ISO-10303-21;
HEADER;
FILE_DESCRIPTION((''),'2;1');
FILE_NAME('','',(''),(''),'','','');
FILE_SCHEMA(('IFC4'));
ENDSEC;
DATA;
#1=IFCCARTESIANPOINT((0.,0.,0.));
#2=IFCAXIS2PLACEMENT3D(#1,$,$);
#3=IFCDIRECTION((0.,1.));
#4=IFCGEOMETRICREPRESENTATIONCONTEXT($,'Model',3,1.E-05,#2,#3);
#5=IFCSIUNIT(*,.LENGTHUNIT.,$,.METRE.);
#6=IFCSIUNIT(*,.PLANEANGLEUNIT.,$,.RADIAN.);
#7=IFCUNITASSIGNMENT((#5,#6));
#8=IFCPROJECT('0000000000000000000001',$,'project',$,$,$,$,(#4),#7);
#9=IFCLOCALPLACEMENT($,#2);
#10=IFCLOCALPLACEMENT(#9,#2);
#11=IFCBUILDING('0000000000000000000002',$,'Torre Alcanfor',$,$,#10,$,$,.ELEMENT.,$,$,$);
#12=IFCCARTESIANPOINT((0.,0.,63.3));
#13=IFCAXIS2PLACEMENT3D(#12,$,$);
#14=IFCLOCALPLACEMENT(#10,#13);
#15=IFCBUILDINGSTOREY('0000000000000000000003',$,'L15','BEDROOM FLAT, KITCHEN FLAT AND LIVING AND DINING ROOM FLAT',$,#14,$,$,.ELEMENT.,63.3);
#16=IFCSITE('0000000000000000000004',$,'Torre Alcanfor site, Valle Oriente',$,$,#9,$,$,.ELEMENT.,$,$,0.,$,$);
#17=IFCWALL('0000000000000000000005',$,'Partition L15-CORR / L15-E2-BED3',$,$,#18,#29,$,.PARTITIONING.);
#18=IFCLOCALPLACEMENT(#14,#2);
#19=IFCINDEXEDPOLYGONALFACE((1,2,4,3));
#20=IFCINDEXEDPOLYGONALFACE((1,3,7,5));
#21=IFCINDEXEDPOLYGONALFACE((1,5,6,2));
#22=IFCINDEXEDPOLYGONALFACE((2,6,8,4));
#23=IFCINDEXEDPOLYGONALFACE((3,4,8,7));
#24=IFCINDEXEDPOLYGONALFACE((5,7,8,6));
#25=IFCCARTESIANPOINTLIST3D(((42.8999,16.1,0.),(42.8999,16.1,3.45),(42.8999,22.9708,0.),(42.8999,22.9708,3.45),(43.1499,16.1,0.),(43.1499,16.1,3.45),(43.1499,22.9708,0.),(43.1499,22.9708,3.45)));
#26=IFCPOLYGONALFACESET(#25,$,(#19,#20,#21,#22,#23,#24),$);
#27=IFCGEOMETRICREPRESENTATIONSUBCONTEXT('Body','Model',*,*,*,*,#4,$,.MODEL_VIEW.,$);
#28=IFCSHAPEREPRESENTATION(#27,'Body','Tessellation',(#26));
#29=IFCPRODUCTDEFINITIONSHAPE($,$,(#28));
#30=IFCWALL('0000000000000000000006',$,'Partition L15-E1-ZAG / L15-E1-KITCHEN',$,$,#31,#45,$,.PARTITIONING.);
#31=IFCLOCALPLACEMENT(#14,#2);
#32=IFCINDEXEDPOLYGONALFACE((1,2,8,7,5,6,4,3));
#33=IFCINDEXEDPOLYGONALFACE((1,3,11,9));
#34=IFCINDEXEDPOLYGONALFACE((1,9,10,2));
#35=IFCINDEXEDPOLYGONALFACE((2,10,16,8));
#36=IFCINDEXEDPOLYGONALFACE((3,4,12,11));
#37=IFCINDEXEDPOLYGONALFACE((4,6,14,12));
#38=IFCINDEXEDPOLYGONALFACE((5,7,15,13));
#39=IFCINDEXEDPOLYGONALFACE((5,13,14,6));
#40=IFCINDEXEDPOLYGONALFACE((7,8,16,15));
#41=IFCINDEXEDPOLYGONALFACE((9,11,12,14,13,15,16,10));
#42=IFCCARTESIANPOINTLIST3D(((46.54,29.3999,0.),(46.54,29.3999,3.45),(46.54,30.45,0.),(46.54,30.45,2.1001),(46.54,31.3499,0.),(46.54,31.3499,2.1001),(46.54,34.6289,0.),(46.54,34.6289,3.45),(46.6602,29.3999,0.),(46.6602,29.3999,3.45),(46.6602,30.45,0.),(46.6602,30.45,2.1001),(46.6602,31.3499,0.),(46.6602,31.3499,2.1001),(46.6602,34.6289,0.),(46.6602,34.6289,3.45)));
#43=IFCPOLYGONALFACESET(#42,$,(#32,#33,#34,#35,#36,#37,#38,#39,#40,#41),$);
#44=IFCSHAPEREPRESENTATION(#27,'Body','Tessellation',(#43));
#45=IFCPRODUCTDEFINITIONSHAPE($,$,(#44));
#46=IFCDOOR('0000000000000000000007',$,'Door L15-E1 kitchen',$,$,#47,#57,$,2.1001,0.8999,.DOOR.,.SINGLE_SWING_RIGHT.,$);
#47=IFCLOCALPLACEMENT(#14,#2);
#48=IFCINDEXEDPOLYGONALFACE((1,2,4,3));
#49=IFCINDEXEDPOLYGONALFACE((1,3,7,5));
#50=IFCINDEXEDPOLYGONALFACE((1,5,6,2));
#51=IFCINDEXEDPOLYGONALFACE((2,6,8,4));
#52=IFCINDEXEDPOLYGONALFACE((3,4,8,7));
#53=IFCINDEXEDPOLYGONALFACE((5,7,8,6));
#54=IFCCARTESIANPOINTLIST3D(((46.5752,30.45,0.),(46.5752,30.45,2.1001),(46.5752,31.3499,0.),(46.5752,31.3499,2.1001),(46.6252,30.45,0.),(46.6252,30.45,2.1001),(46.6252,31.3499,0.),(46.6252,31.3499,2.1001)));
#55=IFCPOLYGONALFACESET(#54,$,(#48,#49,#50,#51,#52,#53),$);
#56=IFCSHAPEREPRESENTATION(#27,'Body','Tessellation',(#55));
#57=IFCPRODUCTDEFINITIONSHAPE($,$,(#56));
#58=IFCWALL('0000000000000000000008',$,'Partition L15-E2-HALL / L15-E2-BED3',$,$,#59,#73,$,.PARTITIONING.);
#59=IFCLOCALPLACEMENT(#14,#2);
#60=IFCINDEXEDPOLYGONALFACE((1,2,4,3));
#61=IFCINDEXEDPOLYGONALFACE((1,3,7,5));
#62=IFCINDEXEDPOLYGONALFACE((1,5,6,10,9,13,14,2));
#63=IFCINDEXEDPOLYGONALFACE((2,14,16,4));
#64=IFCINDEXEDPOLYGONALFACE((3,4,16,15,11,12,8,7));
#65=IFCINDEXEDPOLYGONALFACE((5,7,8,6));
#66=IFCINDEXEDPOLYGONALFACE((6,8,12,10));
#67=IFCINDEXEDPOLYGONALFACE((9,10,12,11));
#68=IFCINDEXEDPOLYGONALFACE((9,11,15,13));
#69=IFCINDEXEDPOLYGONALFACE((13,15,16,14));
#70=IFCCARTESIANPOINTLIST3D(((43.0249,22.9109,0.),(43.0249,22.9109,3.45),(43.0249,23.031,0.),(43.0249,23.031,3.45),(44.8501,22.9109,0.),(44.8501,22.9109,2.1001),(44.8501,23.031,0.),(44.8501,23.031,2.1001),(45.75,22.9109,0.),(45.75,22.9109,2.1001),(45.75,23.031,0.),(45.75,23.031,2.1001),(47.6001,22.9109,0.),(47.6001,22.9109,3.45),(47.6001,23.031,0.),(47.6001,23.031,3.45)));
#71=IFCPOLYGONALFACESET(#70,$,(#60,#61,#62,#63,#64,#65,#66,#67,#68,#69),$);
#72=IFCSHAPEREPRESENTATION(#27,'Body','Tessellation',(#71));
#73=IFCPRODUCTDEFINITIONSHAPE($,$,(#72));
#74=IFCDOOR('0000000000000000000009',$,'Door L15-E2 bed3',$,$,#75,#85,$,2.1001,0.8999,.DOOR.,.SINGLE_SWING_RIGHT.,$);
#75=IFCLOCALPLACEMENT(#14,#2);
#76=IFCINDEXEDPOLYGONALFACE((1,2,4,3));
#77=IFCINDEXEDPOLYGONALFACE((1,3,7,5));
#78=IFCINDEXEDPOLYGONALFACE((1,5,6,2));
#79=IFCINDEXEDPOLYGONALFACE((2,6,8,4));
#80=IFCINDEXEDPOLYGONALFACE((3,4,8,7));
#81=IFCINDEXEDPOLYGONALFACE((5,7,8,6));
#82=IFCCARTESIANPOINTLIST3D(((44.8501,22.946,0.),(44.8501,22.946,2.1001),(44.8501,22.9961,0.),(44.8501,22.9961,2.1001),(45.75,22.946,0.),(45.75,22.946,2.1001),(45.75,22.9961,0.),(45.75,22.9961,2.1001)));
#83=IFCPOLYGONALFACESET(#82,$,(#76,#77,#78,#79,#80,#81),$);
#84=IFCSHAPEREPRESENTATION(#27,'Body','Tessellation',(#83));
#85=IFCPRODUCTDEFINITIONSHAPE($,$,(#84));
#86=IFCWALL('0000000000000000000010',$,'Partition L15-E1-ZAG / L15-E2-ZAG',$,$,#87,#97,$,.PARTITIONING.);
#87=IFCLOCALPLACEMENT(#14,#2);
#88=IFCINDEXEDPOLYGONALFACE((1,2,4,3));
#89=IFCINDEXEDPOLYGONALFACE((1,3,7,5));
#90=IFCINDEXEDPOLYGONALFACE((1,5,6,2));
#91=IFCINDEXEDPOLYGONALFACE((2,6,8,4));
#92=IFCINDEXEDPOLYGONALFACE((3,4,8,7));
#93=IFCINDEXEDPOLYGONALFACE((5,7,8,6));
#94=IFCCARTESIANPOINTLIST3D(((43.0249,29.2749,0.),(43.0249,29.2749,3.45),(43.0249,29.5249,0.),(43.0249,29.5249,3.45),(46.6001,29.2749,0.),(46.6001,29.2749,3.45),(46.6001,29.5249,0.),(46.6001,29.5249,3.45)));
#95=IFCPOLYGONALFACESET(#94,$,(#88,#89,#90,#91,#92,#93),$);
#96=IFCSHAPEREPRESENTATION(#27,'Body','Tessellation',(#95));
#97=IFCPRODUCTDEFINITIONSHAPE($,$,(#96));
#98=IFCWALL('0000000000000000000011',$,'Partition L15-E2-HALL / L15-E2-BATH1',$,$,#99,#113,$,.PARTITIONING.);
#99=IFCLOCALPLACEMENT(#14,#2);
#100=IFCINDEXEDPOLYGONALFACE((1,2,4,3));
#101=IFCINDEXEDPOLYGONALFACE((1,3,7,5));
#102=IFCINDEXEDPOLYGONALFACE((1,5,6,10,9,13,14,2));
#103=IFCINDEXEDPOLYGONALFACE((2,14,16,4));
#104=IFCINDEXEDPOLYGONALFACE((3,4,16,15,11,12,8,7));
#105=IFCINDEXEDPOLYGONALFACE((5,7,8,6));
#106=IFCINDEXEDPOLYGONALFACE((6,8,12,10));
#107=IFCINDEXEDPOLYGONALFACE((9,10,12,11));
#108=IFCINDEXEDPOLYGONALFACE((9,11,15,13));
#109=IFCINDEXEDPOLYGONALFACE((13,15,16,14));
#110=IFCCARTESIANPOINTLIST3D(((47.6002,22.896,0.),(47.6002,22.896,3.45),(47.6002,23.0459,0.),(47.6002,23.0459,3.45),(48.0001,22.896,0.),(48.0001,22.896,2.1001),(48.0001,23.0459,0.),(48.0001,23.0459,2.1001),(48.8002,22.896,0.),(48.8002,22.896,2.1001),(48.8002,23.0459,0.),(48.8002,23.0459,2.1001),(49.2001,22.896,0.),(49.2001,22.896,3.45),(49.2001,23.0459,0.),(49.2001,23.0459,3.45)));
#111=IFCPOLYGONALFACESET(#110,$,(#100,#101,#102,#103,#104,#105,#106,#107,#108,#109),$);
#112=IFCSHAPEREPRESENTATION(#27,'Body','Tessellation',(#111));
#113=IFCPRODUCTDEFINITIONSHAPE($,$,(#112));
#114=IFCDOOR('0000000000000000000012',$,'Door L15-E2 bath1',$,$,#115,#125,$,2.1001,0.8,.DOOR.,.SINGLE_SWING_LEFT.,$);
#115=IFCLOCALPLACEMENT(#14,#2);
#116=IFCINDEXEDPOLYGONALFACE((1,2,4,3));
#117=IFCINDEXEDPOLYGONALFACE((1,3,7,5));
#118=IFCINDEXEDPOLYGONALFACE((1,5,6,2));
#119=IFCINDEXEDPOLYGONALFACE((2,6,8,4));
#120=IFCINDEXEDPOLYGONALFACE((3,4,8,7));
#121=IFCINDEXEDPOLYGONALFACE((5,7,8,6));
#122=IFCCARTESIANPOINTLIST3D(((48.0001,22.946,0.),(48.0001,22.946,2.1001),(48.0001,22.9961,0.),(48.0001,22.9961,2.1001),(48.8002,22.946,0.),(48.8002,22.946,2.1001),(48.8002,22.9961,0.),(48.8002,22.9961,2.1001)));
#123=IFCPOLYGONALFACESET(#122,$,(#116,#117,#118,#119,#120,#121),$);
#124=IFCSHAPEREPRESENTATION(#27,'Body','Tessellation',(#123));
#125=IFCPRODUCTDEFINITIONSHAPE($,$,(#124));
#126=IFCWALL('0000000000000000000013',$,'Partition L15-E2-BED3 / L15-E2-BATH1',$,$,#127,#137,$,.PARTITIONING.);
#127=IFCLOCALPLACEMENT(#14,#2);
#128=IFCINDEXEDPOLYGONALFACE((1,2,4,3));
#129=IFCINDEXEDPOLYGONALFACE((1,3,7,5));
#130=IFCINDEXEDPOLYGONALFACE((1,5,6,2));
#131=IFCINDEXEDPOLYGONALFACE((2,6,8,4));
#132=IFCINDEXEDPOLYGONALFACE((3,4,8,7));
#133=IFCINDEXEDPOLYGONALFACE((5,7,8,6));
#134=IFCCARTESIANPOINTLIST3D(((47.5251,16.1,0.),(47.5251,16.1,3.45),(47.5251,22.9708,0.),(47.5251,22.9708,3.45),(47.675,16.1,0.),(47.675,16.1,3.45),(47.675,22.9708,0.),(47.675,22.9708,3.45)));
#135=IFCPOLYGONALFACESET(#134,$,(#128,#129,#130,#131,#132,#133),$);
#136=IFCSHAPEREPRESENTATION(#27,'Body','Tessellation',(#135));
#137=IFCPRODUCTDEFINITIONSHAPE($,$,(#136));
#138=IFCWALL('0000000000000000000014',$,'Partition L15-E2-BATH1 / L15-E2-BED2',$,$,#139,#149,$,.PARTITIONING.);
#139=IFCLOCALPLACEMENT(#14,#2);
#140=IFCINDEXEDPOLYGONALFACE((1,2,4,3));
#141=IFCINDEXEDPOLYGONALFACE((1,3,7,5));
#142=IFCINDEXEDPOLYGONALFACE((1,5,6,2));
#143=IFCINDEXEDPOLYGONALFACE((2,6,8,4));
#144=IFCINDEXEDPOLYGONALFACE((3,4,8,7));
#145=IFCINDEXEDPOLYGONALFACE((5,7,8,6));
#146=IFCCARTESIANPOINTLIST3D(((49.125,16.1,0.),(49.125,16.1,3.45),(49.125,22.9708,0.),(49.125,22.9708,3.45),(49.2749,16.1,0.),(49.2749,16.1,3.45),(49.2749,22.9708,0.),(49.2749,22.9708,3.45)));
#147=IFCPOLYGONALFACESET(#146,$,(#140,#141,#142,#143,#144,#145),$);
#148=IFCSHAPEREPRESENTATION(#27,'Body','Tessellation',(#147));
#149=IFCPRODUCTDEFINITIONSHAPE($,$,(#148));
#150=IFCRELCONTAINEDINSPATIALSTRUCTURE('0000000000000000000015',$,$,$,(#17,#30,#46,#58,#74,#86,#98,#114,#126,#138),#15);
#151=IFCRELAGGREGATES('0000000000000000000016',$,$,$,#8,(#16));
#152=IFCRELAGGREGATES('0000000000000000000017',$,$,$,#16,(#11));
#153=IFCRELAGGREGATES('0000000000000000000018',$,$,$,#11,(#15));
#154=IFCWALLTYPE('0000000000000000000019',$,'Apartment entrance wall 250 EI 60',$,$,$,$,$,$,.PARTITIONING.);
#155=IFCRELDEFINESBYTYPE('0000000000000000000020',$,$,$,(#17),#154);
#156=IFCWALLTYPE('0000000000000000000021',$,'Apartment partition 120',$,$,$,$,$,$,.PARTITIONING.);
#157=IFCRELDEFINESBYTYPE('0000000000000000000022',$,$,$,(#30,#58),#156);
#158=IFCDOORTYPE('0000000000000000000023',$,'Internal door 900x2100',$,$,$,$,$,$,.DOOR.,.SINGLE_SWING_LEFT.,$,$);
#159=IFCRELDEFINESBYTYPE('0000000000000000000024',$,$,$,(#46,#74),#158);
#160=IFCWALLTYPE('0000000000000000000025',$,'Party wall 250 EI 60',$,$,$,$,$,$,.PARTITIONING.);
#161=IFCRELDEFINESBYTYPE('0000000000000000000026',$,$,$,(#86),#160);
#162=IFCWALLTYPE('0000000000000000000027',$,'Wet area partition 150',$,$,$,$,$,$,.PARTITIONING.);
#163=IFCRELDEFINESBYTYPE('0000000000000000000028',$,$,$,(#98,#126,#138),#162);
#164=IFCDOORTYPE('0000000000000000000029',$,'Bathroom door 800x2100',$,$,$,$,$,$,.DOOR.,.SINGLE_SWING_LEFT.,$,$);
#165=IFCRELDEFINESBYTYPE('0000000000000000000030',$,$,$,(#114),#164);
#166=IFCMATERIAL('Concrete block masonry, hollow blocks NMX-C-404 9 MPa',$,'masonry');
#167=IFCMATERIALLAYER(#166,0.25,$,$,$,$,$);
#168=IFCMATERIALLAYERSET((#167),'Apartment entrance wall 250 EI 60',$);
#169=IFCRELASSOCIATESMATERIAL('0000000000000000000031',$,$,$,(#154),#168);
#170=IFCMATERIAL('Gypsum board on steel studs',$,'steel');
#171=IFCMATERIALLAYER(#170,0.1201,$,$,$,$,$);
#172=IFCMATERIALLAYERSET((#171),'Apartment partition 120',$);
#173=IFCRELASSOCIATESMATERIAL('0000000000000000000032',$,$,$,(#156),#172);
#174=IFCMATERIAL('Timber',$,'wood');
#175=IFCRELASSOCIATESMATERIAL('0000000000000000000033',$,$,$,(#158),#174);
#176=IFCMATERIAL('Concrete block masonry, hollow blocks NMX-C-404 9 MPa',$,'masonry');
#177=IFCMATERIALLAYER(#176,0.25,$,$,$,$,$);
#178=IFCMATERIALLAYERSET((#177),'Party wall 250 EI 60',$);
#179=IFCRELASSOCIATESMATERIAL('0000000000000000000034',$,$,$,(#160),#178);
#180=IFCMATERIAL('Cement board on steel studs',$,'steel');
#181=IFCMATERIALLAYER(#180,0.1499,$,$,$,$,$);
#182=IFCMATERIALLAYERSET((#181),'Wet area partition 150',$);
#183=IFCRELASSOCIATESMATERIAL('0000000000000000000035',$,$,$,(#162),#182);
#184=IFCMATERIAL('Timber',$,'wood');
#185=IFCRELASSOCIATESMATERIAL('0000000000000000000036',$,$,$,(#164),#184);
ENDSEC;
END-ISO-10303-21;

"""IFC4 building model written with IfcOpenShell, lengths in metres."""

from ifc_helpers import new_model, si_unit, direction, frame, frame_2d, origin, place, context, subcontext, project, spatial, rectangle, extrude, material, layer, layer_set, type_object, element, fill, save


model = new_model("IFC4")

# Units and contexts
model_context = context("Model", 3, precision=1e-05, world=origin(), true_north=direction((0.0, 1.0)))
body_context = subcontext(model_context, "Body", "Model", "MODEL_VIEW")
ifc_project = project(units=[si_unit("LENGTHUNIT", "METRE"), si_unit("PLANEANGLEUNIT", "RADIAN")], contexts=[model_context])

# Site, building, storey
site_placement = place(None, origin())
site = spatial("IfcSite", under=ifc_project, at=site_placement, Name="Torre Alcanfor site, Valle Oriente", CompositionType="ELEMENT", RefElevation=0.0)
building_placement = place(site_placement, origin())
building = spatial("IfcBuilding", under=site, at=building_placement, Name="Torre Alcanfor", CompositionType="ELEMENT")
storey_placement = place(building_placement, frame((0.0, 0.0, 63.3)))
storey = spatial("IfcBuildingStorey", under=building, at=storey_placement, Name="L15", Description="BEDROOM FLAT, KITCHEN FLAT AND LIVING AND DINING ROOM FLAT", CompositionType="ELEMENT", Elevation=63.3)

# Shared definitions
ifc_material_1 = material(Name="Concrete block masonry, hollow blocks NMX-C-404 9 MPa", Category="masonry")
ifc_layer_1 = layer(ifc_material_1, 0.25)
ifc_layer_set_1 = layer_set([ifc_layer_1], Name="Apartment entrance wall 250 EI 60")
wall_type_1 = type_object("IfcWallType", Name="Apartment entrance wall 250 EI 60", PredefinedType="PARTITIONING", material=ifc_layer_set_1)

# Wall
wall_1_placement = place(storey_placement, frame((43.0249, 22.9709, 0.0), z_axis=(0.0, 0.0, 1.0), x_axis=(0.0, -1.0, 0.0)))
element("IfcWall", 1, at=wall_1_placement, inside=storey, type_object=wall_type_1, Name="Partition L15-CORR / L15-E2-BED3", PredefinedType="PARTITIONING", context=body_context, shape_type="SweptSolid", body=[
    extrude(rectangle(XDim=6.8708, YDim=0.25, at=frame_2d((3.4355, 0.0))), origin(), (0.0, 0.0, 1.0), 3.45),
])

# Walls, openings, doors
ifc_material_2 = material(Name="Gypsum board on steel studs", Category="steel")
ifc_layer_2 = layer(ifc_material_2, 0.1201)
ifc_layer_set_2 = layer_set([ifc_layer_2], Name="Apartment partition 120")
wall_type_2 = type_object("IfcWallType", Name="Apartment partition 120", PredefinedType="PARTITIONING", material=ifc_layer_set_2)
wall_2_placement = place(storey_placement, frame((46.6001, 29.3999, 0.0), z_axis=(0.0, 0.0, 1.0), x_axis=(0.0, 1.0, 0.0)))
wall_2 = element("IfcWall", 2, at=wall_2_placement, inside=storey, type_object=wall_type_2, Name="Partition L15-E1-ZAG / L15-E1-KITCHEN", PredefinedType="PARTITIONING", context=body_context, shape_type="SweptSolid", body=[
    extrude(rectangle(XDim=5.229, YDim=0.1201, at=frame_2d((2.6145, 0.0))), origin(), (0.0, 0.0, 1.0), 3.45),
])
opening_1_placement = place(wall_2_placement, frame((1.05, 0.0, 0.0)))
opening_1 = element("IfcOpeningElement", 3, at=opening_1_placement, cuts=wall_2, PredefinedType="OPENING", context=body_context, shape_type="SweptSolid", body=[
    extrude(rectangle(XDim=0.8999, YDim=2.1001, at=frame_2d((0.45, 1.05))), frame((0.0, 0.0701, 0.0), z_axis=(0.0, -1.0, 0.0), x_axis=(1.0, 0.0, 0.0)), (0.0, 0.0, 1.0), 0.1401),
])
ifc_material_3 = material(Name="Timber", Category="wood")
door_type_1 = type_object("IfcDoorType", Name="Internal door 900x2100", OperationType="SINGLE_SWING_LEFT", PredefinedType="DOOR", material=ifc_material_3)
door_1_placement = place(opening_1_placement, frame((0.8999, 0.0, 0.0), z_axis=(0.0, 0.0, 1.0), x_axis=(-1.0, 0.0, 0.0)))
door_1 = element("IfcDoor", 4, at=door_1_placement, inside=storey, type_object=door_type_1, Name="Door L15-E1 kitchen", OperationType="SINGLE_SWING_RIGHT", OverallHeight=2.1001, OverallWidth=0.8999, PredefinedType="DOOR", context=body_context, shape_type="SweptSolid", body=[
    extrude(rectangle(XDim=0.8999, YDim=2.1001, at=frame_2d((0.45, 1.05))), frame((0.0, 0.0251, 0.0), z_axis=(0.0, -1.0, 0.0), x_axis=(1.0, 0.0, 0.0)), (0.0, 0.0, 1.0), 0.05),
])
fill(opening_1, door_1)
wall_3_placement = place(storey_placement, frame((47.6001, 22.9709, 0.0), z_axis=(0.0, 0.0, 1.0), x_axis=(-1.0, 0.0, 0.0)))
wall_3 = element("IfcWall", 5, at=wall_3_placement, inside=storey, type_object=wall_type_2, Name="Partition L15-E2-HALL / L15-E2-BED3", PredefinedType="PARTITIONING", context=body_context, shape_type="SweptSolid", body=[
    extrude(rectangle(XDim=4.5752, YDim=0.1201, at=frame_2d((2.2876, 0.0))), origin(), (0.0, 0.0, 1.0), 3.45),
])
opening_2_placement = place(wall_3_placement, frame((1.8501, 0.0, 0.0)))
opening_2 = element("IfcOpeningElement", 6, at=opening_2_placement, cuts=wall_3, PredefinedType="OPENING", context=body_context, shape_type="SweptSolid", body=[
    extrude(rectangle(XDim=0.8999, YDim=2.1001, at=frame_2d((0.45, 1.05))), frame((0.0, 0.0701, 0.0), z_axis=(0.0, -1.0, 0.0), x_axis=(1.0, 0.0, 0.0)), (0.0, 0.0, 1.0), 0.1401),
])
door_2_placement = place(opening_2_placement, origin())
door_2 = element("IfcDoor", 7, at=door_2_placement, inside=storey, type_object=door_type_1, Name="Door L15-E2 bed3", OperationType="SINGLE_SWING_RIGHT", OverallHeight=2.1001, OverallWidth=0.8999, PredefinedType="DOOR", context=body_context, shape_type="SweptSolid", body=[
    extrude(rectangle(XDim=0.8999, YDim=2.1001, at=frame_2d((0.45, 1.05))), frame((0.0, 0.0249, 0.0), z_axis=(0.0, -1.0, 0.0), x_axis=(1.0, 0.0, 0.0)), (0.0, 0.0, 1.0), 0.05),
])
fill(opening_2, door_2)

# Wall
ifc_material_4 = material(Name="Concrete block masonry, hollow blocks NMX-C-404 9 MPa", Category="masonry")
ifc_layer_3 = layer(ifc_material_4, 0.25)
ifc_layer_set_3 = layer_set([ifc_layer_3], Name="Party wall 250 EI 60")
wall_type_3 = type_object("IfcWallType", Name="Party wall 250 EI 60", PredefinedType="PARTITIONING", material=ifc_layer_set_3)
wall_4_placement = place(storey_placement, frame((43.0249, 29.3999, 0.0), z_axis=(0.0, 0.0, 1.0), x_axis=(1.0, 0.0, 0.0)))
element("IfcWall", 8, at=wall_4_placement, inside=storey, type_object=wall_type_3, Name="Partition L15-E1-ZAG / L15-E2-ZAG", PredefinedType="PARTITIONING", context=body_context, shape_type="SweptSolid", body=[
    extrude(rectangle(XDim=3.5752, YDim=0.25, at=frame_2d((1.7876, 0.0))), origin(), (0.0, 0.0, 1.0), 3.45),
])

# Wall, opening, door
ifc_material_5 = material(Name="Cement board on steel studs", Category="steel")
ifc_layer_4 = layer(ifc_material_5, 0.1499)
ifc_layer_set_4 = layer_set([ifc_layer_4], Name="Wet area partition 150")
wall_type_4 = type_object("IfcWallType", Name="Wet area partition 150", PredefinedType="PARTITIONING", material=ifc_layer_set_4)
wall_5_placement = place(storey_placement, frame((49.2, 22.9709, 0.0), z_axis=(0.0, 0.0, 1.0), x_axis=(-1.0, 0.0, 0.0)))
wall_5 = element("IfcWall", 9, at=wall_5_placement, inside=storey, type_object=wall_type_4, Name="Partition L15-E2-HALL / L15-E2-BATH1", PredefinedType="PARTITIONING", context=body_context, shape_type="SweptSolid", body=[
    extrude(rectangle(XDim=1.5999, YDim=0.1499, at=frame_2d((0.7998, 0.0))), origin(), (0.0, 0.0, 1.0), 3.45),
])
opening_3_placement = place(wall_5_placement, frame((0.3999, 0.0, 0.0)))
opening_3 = element("IfcOpeningElement", 10, at=opening_3_placement, cuts=wall_5, PredefinedType="OPENING", context=body_context, shape_type="SweptSolid", body=[
    extrude(rectangle(XDim=0.8, YDim=2.1001, at=frame_2d((0.3999, 1.05))), frame((0.0, 0.085, 0.0), z_axis=(0.0, -1.0, 0.0), x_axis=(1.0, 0.0, 0.0)), (0.0, 0.0, 1.0), 0.1699),
])
ifc_material_6 = material(Name="Timber", Category="wood")
door_type_2 = type_object("IfcDoorType", Name="Bathroom door 800x2100", OperationType="SINGLE_SWING_LEFT", PredefinedType="DOOR", material=ifc_material_6)
door_3_placement = place(opening_3_placement, origin())
door_3 = element("IfcDoor", 11, at=door_3_placement, inside=storey, type_object=door_type_2, Name="Door L15-E2 bath1", OperationType="SINGLE_SWING_LEFT", OverallHeight=2.1001, OverallWidth=0.8, PredefinedType="DOOR", context=body_context, shape_type="SweptSolid", body=[
    extrude(rectangle(XDim=0.8, YDim=2.1001, at=frame_2d((0.3999, 1.05))), frame((0.0, 0.0249, 0.0), z_axis=(0.0, -1.0, 0.0), x_axis=(1.0, 0.0, 0.0)), (0.0, 0.0, 1.0), 0.05),
])
fill(opening_3, door_3)

# Walls
for number, where, z_axis, x_axis, name in (
    (12, (47.6001, 22.9709, 0.0), (0.0, 0.0, 1.0), (0.0, -1.0, 0.0), "Partition L15-E2-BED3 / L15-E2-BATH1"),
    (13, (49.2, 22.9709, 0.0), (0.0, 0.0, 1.0), (0.0, -1.0, 0.0), "Partition L15-E2-BATH1 / L15-E2-BED2"),
):
    element("IfcWall", number, at=place(storey_placement, frame(where, z_axis=z_axis, x_axis=x_axis)), inside=storey, type_object=wall_type_4, Name=name, PredefinedType="PARTITIONING", context=body_context, shape_type="SweptSolid", body=[
        extrude(rectangle(XDim=6.8708, YDim=0.1499, at=frame_2d((3.4355, 0.0))), origin(), (0.0, 0.0, 1.0), 3.45),
    ])

save(model, "model.ifc")
